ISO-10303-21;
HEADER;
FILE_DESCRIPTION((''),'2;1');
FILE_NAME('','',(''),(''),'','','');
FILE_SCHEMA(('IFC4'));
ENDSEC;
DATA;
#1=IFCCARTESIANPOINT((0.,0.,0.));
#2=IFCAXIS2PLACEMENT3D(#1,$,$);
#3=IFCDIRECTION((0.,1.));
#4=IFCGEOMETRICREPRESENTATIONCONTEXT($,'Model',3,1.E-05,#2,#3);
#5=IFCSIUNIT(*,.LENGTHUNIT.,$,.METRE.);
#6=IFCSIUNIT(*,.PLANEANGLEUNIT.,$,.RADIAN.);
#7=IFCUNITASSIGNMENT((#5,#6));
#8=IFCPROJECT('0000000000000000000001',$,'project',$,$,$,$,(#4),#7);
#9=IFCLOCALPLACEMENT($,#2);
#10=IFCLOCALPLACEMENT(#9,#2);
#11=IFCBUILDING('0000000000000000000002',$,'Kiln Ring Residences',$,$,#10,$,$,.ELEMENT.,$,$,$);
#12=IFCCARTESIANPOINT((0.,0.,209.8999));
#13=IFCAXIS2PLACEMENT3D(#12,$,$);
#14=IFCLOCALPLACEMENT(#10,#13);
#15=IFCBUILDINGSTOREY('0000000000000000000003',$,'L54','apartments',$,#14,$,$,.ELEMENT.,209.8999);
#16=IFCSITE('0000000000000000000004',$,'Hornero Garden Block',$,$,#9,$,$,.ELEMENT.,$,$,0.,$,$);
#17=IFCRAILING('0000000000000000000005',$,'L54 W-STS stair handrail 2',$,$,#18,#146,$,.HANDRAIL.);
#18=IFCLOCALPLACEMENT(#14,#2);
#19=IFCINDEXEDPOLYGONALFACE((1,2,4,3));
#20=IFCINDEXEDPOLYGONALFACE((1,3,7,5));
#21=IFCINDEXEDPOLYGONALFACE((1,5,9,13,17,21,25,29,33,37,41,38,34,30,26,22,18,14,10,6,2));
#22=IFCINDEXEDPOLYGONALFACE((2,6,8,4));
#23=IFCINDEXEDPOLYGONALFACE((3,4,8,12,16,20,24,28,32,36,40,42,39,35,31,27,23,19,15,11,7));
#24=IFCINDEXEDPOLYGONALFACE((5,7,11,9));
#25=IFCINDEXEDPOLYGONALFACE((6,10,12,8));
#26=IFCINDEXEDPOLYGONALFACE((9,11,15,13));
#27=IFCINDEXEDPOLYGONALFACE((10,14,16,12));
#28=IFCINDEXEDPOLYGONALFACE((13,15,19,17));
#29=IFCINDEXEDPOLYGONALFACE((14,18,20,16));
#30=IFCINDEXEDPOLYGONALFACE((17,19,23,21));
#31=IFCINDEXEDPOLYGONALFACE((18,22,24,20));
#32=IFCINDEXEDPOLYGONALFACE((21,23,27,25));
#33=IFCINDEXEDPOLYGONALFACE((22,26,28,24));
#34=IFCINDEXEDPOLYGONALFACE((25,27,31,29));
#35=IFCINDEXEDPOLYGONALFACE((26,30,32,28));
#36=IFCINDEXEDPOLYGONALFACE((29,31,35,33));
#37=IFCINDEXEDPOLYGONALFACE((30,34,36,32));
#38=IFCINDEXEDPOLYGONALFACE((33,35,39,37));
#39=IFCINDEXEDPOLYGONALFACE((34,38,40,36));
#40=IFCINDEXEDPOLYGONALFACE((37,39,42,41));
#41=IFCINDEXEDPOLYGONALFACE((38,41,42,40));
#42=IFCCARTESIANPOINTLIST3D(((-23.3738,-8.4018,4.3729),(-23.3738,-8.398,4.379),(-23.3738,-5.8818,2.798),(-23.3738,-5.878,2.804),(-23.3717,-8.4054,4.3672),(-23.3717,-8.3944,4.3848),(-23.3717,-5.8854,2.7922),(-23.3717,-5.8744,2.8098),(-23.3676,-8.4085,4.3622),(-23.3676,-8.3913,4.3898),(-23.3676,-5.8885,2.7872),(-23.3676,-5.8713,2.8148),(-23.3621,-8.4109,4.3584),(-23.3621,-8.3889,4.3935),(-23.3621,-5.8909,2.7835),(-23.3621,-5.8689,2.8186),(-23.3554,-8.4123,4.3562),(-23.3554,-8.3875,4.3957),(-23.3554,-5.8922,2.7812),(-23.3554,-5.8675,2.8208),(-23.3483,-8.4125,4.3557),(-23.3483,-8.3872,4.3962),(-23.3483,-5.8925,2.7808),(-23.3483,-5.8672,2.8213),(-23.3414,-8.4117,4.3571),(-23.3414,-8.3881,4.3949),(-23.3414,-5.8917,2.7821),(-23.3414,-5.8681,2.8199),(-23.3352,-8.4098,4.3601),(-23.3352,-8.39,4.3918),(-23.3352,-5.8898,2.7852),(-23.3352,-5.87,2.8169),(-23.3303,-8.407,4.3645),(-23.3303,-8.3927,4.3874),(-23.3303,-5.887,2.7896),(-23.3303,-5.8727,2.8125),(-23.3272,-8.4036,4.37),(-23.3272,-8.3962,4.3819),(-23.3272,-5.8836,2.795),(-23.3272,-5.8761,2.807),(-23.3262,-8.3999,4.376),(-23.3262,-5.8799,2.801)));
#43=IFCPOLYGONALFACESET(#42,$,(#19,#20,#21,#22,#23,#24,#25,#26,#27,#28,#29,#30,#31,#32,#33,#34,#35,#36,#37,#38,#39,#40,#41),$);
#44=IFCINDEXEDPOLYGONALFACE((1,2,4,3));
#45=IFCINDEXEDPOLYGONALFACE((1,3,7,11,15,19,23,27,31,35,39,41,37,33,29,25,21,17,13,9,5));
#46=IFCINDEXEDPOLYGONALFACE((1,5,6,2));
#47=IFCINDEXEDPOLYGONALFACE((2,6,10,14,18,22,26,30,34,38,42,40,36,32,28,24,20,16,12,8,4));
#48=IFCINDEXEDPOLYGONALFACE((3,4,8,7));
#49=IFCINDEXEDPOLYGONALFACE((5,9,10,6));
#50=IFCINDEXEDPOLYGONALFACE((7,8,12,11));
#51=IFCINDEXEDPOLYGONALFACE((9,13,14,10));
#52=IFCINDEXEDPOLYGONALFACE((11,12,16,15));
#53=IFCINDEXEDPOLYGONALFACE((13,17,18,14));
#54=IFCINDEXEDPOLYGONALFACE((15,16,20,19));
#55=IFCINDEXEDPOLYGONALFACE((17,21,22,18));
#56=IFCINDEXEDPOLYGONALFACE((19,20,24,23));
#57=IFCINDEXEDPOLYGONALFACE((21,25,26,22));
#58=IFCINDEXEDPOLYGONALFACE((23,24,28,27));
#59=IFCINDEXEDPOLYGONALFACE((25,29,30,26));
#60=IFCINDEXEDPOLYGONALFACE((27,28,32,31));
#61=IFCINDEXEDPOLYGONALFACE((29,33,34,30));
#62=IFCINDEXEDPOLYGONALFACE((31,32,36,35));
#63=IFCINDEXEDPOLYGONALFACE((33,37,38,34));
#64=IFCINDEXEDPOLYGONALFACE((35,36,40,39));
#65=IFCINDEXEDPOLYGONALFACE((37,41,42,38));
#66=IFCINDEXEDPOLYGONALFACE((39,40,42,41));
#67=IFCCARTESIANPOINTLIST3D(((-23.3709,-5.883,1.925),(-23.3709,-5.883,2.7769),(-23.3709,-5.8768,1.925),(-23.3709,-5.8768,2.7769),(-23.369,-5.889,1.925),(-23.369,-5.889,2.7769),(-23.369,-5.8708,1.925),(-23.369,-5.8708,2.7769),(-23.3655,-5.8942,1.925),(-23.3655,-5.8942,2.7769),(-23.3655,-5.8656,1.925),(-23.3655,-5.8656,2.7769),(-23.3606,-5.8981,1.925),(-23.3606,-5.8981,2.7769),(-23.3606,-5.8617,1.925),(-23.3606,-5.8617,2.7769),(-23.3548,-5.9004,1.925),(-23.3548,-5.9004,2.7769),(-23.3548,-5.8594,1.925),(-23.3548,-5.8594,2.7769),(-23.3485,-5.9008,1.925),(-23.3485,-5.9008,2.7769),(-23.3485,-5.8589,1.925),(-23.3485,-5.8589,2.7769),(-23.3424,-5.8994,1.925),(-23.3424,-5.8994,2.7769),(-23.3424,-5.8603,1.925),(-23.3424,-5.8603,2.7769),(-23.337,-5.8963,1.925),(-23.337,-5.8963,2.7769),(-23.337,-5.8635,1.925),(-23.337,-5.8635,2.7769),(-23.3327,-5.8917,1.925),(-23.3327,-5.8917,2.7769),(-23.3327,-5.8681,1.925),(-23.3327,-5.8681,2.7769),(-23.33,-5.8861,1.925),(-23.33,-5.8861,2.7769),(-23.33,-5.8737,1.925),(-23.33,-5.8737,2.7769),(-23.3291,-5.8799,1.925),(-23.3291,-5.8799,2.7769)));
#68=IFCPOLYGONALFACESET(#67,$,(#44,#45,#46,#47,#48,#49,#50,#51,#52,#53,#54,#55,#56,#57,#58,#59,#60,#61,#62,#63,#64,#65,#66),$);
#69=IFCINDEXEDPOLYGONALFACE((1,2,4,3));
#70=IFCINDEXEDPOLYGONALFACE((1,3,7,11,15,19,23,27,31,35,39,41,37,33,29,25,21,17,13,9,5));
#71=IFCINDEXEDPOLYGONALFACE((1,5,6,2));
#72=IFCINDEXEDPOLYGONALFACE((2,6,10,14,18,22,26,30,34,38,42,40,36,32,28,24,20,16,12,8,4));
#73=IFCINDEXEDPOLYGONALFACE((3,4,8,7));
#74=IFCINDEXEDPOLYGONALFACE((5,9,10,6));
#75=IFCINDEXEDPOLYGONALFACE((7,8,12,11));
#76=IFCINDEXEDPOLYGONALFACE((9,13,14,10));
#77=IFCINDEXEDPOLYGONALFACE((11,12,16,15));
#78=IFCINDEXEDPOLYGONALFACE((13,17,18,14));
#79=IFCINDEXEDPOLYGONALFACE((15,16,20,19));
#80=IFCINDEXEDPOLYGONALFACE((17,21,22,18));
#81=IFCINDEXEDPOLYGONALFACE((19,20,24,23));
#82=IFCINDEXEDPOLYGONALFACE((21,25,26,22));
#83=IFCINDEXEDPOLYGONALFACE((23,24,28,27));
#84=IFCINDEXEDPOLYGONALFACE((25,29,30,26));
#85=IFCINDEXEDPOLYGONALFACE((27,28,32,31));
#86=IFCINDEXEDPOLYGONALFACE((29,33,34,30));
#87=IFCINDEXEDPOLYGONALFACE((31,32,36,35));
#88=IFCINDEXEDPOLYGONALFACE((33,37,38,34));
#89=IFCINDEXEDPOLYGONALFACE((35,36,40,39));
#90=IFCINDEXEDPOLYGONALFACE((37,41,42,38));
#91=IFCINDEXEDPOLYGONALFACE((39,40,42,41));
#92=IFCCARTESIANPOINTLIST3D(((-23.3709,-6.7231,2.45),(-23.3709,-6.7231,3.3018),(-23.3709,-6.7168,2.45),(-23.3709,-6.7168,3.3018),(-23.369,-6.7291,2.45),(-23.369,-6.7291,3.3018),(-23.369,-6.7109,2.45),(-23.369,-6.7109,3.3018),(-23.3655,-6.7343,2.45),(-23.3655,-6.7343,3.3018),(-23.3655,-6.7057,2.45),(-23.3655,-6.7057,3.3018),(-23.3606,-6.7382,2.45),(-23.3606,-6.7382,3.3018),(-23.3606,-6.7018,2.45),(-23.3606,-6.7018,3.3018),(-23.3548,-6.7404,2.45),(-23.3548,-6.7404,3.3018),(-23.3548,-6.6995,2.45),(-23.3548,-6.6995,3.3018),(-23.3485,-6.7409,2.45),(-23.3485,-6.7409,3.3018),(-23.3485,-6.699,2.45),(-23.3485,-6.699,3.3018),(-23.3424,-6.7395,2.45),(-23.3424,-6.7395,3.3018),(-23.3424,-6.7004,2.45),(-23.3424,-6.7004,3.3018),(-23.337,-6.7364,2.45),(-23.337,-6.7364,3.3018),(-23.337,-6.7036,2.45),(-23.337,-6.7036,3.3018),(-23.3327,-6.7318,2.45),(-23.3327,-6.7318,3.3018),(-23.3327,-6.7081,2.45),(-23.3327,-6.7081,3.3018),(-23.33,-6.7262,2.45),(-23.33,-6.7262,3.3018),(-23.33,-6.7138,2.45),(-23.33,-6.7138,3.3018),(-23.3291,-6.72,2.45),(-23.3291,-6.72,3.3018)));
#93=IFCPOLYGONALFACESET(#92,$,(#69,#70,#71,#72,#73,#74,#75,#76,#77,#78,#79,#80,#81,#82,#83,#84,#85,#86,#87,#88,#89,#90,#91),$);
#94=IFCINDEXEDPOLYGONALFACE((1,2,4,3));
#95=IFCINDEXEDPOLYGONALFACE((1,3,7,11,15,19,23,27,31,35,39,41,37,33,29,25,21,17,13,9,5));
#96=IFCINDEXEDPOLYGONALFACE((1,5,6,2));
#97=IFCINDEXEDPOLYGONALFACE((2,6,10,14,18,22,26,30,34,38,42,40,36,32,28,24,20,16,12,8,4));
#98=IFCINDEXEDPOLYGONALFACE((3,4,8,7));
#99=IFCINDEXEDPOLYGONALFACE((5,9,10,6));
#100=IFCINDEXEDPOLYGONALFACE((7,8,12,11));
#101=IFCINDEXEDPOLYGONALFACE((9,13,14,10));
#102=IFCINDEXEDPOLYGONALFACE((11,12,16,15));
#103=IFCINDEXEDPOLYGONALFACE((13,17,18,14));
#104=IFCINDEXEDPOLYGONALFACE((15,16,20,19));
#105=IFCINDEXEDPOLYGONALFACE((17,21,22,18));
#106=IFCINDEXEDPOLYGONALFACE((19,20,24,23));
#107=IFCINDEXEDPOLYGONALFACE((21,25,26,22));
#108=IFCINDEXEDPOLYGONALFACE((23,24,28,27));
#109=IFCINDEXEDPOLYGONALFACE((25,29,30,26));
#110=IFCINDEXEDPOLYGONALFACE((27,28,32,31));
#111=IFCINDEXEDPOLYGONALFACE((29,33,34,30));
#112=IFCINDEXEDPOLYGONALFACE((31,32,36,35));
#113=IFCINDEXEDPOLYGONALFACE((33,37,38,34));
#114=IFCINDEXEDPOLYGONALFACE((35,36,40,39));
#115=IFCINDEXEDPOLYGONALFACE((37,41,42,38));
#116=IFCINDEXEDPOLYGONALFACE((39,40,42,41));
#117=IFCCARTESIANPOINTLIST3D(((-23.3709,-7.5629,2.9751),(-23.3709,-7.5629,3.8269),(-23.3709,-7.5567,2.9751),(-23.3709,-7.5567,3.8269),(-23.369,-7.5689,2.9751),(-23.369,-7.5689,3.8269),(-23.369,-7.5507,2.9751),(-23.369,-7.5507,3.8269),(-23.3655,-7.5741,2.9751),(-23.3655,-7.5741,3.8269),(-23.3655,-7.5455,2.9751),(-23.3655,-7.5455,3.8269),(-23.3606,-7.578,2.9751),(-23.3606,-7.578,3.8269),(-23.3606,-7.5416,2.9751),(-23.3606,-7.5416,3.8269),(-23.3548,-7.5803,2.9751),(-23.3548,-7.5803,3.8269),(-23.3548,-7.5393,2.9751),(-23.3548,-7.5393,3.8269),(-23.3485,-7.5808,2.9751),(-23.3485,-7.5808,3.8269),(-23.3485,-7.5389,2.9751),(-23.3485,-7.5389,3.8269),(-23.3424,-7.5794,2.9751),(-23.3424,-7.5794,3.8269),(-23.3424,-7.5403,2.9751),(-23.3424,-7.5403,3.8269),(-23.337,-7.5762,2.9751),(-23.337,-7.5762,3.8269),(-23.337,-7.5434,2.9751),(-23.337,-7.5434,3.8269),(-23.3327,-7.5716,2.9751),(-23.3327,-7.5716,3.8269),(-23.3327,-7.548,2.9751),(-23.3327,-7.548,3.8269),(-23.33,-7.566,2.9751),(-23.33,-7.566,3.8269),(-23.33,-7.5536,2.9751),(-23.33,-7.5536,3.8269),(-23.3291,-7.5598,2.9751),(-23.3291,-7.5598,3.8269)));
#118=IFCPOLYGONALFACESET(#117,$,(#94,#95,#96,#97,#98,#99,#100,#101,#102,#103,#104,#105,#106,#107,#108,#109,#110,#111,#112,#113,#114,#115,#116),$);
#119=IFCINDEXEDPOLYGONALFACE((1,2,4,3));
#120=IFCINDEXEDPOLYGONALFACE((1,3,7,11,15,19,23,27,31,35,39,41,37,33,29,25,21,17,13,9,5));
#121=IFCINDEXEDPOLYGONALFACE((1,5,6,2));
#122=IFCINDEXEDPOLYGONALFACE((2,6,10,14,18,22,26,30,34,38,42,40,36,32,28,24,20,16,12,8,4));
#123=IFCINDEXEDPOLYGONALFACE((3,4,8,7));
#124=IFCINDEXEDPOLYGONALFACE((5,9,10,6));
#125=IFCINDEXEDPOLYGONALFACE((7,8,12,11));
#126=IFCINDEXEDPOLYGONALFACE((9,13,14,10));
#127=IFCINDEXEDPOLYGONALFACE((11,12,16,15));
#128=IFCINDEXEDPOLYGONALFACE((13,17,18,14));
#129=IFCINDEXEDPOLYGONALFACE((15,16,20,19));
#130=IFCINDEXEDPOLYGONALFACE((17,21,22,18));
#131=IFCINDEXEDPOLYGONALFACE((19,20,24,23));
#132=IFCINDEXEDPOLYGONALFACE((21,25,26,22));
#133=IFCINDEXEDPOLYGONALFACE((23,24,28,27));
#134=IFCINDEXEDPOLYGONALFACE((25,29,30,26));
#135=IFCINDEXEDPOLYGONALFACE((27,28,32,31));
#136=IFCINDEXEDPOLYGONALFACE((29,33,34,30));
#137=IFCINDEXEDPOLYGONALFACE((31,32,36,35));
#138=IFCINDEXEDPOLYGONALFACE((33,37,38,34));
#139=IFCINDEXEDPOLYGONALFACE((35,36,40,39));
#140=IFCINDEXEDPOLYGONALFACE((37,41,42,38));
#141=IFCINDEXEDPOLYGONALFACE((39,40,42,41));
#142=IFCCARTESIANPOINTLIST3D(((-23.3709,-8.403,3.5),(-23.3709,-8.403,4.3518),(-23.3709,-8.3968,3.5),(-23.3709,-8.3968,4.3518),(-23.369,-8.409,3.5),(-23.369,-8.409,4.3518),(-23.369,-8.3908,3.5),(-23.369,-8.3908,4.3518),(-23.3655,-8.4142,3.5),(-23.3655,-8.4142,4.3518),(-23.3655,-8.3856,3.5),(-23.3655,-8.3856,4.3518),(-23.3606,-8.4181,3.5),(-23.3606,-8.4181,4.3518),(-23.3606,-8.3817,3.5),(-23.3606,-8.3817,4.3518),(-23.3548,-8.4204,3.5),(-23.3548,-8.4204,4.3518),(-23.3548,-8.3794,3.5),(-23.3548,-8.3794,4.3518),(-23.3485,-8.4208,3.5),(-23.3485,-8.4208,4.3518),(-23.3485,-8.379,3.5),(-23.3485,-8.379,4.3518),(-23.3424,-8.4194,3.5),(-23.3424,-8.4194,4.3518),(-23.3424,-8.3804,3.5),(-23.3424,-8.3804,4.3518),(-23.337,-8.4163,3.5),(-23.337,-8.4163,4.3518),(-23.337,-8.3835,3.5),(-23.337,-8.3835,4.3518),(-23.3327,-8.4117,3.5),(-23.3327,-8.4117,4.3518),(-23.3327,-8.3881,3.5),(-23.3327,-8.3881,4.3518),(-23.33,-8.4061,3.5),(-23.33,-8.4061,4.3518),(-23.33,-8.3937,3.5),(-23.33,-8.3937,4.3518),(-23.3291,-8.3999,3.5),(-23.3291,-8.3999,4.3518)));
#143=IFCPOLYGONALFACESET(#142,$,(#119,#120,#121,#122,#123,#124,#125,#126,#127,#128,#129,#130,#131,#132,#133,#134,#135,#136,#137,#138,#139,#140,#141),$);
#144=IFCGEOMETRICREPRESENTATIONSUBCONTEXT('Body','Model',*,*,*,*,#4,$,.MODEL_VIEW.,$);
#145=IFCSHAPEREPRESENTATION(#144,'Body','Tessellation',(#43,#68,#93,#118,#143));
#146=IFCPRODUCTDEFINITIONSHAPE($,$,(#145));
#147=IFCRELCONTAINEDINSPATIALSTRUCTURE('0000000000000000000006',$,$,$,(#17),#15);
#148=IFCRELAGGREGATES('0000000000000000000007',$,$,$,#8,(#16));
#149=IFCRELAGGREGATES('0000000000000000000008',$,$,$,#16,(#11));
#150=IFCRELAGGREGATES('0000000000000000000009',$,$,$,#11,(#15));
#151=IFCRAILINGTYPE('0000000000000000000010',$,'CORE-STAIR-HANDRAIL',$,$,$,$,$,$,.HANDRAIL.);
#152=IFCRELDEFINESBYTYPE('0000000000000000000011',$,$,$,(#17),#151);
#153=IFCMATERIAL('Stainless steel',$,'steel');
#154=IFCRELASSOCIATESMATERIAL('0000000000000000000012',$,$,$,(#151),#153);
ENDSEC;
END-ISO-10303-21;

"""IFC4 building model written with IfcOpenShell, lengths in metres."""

from ifc_helpers import new_model, si_unit, direction, frame, origin, origin_2d, place, context, subcontext, project, spatial, circle, extrude, material, type_object, element, save


model = new_model("IFC4")

# Units and contexts
model_context = context("Model", 3, precision=1e-05, world=origin(), true_north=direction((0.0, 1.0)))
body_context = subcontext(model_context, "Body", "Model", "MODEL_VIEW")
ifc_project = project(units=[si_unit("LENGTHUNIT", "METRE"), si_unit("PLANEANGLEUNIT", "RADIAN")], contexts=[model_context])

# Site, building, storey
site_placement = place(None, origin())
site = spatial("IfcSite", under=ifc_project, at=site_placement, Name="Hornero Garden Block", CompositionType="ELEMENT", RefElevation=0.0)
building_placement = place(site_placement, origin())
building = spatial("IfcBuilding", under=site, at=building_placement, Name="Kiln Ring Residences", CompositionType="ELEMENT")
storey_placement = place(building_placement, frame((0.0, 0.0, 209.8999)))
storey = spatial("IfcBuildingStorey", under=building, at=storey_placement, Name="L54", Description="apartments", CompositionType="ELEMENT", Elevation=209.8999)

# Railing
ifc_material_1 = material(Name="Stainless steel", Category="steel")
railing_type_1 = type_object("IfcRailingType", Name="CORE-STAIR-HANDRAIL", PredefinedType="HANDRAIL", material=ifc_material_1)
railing_1_placement = place(storey_placement, frame((-23.3501, -5.8799, 1.925)))
element("IfcRailing", 1, at=railing_1_placement, inside=storey, type_object=railing_type_1, Name="L54 W-STS stair handrail 2", PredefinedType="HANDRAIL", context=body_context, shape_type="SweptSolid", body=[
    extrude(circle(Radius=0.0239, at=origin_2d()), frame((0.0, 0.0, 0.876), z_axis=(0.0, -0.848008, 0.529984), x_axis=(1.0, 0.0, 0.0)), (0.0, 0.0, 1.0), 2.9717),
    extrude(circle(Radius=0.021, at=origin_2d()), origin(), (0.0, 0.0, 1.0), 0.8518),
    extrude(circle(Radius=0.021, at=origin_2d()), frame((0.0, -0.8401, 0.5249)), (0.0, 0.0, 1.0), 0.8518),
    extrude(circle(Radius=0.021, at=origin_2d()), frame((0.0, -1.6799, 1.05)), (0.0, 0.0, 1.0), 0.8518),
    extrude(circle(Radius=0.021, at=origin_2d()), frame((0.0, -2.52, 1.575)), (0.0, 0.0, 1.0), 0.8518),
])

save(model, "model.ifc")
